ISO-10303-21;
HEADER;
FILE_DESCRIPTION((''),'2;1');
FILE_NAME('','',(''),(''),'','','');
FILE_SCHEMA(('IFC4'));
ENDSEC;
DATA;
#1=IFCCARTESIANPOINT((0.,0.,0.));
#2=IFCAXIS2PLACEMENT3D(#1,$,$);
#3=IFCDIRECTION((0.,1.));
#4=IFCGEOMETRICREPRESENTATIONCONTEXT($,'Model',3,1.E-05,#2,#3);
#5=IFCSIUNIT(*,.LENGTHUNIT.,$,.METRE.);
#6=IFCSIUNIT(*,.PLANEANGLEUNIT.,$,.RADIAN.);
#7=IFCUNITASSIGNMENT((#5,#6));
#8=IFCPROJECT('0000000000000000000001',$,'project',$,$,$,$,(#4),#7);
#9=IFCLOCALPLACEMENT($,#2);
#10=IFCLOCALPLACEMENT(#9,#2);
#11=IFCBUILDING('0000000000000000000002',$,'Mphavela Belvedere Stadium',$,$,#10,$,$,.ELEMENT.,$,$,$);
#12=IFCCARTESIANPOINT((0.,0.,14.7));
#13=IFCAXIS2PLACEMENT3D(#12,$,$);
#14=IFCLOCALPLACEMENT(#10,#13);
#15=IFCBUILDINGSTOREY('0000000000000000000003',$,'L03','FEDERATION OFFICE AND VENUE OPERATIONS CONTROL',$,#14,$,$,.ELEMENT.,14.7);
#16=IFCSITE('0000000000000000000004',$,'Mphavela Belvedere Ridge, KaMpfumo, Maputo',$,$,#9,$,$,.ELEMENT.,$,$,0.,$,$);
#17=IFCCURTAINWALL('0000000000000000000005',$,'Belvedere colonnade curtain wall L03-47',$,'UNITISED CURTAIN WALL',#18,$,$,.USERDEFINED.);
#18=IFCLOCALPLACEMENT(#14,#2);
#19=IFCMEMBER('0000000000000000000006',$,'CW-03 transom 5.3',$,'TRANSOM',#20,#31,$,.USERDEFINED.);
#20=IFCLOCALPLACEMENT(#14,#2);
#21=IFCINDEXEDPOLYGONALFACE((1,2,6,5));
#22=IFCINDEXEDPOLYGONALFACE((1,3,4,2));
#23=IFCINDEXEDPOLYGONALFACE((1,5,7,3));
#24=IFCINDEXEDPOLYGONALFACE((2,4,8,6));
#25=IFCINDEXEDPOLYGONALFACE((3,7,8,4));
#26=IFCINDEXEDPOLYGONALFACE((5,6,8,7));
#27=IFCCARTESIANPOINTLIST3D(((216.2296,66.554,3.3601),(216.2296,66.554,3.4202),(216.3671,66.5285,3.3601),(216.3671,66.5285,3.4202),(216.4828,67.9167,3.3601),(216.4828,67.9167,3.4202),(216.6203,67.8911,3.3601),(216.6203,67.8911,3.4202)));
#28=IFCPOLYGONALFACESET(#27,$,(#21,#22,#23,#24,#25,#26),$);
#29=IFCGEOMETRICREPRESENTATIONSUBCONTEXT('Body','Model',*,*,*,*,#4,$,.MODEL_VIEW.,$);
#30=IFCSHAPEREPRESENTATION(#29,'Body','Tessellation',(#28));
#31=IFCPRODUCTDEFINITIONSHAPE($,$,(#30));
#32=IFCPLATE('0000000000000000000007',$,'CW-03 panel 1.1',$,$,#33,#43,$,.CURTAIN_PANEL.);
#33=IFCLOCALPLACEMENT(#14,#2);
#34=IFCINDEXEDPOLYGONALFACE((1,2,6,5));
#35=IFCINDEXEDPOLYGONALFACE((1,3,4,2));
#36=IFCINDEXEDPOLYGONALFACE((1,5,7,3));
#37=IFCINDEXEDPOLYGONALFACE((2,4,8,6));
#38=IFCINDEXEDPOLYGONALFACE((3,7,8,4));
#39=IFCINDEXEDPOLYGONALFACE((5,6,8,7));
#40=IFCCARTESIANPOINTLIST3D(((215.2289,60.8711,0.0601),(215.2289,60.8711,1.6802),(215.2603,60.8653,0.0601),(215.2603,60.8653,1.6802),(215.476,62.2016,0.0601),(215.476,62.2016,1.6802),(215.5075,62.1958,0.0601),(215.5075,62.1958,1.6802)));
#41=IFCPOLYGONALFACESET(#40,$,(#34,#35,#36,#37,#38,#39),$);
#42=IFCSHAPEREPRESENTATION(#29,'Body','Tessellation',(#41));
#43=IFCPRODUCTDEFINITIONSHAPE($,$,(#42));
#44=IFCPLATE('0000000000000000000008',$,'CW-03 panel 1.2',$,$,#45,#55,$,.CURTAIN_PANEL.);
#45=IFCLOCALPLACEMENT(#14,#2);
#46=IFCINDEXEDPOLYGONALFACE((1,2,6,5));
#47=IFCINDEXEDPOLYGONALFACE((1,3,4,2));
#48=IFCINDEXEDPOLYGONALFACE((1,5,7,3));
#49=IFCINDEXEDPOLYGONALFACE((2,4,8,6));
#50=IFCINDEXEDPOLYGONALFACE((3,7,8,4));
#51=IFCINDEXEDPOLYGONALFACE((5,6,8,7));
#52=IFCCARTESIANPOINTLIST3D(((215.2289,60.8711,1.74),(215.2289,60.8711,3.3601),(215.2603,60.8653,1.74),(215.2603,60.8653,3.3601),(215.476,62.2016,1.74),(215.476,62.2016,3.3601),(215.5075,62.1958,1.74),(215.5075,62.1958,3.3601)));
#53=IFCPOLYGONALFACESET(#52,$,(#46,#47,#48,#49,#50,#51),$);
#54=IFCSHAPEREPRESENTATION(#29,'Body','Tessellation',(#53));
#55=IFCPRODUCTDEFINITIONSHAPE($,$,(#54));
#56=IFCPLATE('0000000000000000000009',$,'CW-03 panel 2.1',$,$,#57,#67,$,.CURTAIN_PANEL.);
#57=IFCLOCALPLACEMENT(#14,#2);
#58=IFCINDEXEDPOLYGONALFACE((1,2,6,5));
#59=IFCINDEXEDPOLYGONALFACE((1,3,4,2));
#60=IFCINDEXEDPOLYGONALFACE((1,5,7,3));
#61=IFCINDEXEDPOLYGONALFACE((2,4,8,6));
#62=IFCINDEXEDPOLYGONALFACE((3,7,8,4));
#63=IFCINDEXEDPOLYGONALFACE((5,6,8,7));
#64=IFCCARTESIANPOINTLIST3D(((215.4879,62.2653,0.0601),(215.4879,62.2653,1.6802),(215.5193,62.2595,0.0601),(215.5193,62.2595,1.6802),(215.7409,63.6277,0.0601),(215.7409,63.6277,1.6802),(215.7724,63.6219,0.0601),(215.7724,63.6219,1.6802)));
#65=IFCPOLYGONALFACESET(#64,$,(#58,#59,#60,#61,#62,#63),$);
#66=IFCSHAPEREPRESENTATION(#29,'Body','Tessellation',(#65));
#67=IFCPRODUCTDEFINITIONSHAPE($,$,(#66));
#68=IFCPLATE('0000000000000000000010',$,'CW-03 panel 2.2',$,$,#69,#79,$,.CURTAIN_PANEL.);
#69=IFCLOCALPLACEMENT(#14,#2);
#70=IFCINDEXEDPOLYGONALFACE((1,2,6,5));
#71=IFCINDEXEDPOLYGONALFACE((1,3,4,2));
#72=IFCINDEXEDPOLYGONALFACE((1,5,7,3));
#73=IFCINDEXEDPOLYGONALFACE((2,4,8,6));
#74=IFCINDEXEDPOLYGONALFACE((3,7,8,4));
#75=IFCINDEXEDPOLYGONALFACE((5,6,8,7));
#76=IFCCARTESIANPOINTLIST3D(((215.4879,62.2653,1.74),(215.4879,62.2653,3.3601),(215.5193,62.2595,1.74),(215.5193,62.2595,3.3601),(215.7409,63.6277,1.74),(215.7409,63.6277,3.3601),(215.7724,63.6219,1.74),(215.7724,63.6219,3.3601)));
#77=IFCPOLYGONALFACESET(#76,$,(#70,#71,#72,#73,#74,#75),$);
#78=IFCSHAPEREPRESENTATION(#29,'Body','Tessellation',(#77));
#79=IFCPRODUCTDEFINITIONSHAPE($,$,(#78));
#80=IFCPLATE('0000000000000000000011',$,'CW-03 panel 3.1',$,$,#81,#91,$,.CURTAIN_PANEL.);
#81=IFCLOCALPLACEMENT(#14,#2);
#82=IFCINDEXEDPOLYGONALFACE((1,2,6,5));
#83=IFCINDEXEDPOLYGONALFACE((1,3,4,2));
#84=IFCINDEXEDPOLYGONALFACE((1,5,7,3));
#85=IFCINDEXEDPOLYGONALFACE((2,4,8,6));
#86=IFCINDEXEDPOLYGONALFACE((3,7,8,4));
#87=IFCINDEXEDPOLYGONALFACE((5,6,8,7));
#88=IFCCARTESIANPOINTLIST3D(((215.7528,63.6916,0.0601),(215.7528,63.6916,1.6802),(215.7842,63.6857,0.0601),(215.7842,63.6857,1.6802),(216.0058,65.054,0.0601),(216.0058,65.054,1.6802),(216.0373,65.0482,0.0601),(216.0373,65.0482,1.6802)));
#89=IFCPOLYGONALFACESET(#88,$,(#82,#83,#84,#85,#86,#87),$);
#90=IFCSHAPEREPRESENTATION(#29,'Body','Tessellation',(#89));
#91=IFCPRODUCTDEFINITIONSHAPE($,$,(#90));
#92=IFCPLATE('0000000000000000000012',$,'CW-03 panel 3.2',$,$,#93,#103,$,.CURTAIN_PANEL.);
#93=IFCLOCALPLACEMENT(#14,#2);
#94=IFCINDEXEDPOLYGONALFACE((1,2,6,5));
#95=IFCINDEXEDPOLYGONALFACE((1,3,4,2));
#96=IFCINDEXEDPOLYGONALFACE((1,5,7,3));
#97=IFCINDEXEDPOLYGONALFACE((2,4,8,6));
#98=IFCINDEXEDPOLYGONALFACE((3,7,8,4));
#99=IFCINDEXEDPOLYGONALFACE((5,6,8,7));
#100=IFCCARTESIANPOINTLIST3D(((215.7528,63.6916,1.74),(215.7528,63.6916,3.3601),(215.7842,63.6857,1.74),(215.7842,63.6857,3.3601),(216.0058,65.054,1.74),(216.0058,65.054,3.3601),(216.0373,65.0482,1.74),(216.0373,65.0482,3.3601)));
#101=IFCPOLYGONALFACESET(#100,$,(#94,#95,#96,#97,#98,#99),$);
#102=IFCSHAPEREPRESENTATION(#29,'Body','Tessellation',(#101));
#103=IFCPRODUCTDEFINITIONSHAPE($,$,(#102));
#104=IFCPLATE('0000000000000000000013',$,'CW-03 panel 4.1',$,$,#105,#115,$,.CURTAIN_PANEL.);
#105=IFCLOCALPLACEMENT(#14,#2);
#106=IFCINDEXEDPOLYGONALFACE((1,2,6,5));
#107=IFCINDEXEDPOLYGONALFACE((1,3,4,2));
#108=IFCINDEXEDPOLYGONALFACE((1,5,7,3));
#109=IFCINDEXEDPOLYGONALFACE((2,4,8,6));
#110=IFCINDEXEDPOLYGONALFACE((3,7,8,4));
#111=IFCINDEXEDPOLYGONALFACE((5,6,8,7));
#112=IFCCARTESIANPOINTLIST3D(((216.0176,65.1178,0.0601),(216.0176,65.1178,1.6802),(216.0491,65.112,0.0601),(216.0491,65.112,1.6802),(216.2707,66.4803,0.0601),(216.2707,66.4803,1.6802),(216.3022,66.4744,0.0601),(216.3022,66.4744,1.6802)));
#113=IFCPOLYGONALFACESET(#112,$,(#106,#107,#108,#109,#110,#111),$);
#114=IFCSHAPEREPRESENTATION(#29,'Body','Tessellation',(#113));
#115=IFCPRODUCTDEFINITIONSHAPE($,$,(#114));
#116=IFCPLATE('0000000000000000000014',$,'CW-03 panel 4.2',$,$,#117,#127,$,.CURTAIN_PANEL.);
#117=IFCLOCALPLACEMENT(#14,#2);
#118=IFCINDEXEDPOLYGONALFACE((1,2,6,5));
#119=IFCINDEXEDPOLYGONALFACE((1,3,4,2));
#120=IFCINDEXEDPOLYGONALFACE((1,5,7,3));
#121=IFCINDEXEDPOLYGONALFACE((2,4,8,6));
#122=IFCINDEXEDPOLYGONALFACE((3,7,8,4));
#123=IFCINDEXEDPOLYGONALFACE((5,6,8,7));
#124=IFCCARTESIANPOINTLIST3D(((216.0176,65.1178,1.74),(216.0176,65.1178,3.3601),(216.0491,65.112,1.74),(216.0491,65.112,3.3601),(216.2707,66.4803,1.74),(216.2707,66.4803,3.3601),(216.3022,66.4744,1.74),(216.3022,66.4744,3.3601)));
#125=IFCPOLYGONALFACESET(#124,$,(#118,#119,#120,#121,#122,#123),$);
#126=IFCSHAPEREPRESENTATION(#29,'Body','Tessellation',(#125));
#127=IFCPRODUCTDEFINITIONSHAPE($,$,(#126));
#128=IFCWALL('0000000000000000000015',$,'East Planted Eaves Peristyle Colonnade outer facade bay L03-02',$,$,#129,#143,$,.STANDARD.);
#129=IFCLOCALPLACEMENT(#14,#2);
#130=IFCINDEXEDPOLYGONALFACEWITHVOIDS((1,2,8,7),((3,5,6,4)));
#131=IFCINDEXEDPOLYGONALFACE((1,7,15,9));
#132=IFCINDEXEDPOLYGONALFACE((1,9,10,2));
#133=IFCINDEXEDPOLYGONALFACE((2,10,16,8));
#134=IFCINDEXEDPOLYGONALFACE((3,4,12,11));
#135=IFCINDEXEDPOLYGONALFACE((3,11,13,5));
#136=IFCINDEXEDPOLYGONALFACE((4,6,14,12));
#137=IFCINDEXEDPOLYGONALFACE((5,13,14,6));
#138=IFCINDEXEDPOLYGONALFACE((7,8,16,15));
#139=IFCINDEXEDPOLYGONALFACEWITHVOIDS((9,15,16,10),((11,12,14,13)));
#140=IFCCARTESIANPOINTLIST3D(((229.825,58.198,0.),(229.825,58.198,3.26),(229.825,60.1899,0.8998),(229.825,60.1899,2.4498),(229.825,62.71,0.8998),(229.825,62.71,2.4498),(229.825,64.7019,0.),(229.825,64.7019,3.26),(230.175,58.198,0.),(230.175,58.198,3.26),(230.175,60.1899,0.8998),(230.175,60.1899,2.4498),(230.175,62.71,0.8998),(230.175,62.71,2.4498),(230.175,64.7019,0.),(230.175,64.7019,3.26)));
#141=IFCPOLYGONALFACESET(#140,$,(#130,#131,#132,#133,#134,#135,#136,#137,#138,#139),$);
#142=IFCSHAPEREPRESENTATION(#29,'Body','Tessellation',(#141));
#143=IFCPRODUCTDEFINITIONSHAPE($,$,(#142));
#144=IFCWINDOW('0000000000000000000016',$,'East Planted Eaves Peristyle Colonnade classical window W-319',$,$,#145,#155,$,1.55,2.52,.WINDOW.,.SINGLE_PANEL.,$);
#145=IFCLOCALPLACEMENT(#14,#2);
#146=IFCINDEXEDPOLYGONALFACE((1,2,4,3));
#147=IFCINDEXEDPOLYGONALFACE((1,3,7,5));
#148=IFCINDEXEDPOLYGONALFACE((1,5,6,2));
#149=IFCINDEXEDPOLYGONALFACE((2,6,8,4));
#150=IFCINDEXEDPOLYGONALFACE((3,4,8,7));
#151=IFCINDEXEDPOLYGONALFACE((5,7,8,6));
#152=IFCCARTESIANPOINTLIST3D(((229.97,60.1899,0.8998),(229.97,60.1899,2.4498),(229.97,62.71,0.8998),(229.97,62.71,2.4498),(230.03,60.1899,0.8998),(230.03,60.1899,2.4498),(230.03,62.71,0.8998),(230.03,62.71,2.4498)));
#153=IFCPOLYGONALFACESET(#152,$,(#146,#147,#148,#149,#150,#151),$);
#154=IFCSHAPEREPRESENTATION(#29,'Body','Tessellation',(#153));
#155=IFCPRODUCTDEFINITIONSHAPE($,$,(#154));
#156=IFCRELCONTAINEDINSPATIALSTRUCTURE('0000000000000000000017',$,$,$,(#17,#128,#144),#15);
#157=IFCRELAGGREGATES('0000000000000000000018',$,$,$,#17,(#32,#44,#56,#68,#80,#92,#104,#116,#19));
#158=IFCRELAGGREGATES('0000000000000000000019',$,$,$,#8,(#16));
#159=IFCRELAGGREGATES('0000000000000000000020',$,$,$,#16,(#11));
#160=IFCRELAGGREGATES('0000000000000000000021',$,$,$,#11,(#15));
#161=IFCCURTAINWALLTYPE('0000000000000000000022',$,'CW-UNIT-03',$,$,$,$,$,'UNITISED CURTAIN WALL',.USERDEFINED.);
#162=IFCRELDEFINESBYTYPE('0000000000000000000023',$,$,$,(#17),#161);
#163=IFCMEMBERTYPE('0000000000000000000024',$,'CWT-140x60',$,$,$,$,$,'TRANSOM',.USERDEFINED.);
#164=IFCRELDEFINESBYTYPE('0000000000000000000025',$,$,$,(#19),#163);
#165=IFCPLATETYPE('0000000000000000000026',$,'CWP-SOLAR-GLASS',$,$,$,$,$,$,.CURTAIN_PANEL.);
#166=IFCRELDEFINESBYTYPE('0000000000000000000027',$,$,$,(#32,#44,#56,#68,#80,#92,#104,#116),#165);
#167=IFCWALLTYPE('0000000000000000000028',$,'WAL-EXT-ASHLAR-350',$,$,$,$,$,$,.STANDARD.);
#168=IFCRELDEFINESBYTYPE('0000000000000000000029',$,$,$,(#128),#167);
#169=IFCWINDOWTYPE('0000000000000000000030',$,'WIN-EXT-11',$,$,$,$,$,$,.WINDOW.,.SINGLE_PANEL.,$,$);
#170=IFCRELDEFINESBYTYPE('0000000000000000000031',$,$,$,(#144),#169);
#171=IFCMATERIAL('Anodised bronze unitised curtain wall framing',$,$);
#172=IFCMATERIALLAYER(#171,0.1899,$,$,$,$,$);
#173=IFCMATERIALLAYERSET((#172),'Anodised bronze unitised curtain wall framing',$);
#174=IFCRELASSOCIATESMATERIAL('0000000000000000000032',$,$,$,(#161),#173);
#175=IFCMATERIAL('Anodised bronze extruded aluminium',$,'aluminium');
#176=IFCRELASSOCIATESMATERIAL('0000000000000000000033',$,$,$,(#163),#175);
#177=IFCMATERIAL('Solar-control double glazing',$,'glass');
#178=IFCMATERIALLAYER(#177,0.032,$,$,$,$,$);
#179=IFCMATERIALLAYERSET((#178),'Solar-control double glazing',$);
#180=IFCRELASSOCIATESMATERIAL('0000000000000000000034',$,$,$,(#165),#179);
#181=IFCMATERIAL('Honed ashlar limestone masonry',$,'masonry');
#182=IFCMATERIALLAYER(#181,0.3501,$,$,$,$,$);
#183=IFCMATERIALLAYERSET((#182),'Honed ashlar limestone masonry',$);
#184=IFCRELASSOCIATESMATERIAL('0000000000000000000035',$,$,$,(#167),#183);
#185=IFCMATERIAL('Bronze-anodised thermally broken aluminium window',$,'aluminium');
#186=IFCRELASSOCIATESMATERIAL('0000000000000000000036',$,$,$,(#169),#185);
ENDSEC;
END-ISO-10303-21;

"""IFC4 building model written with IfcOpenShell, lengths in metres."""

from ifc_helpers import new_model, si_unit, direction, frame, frame_2d, origin, origin_2d, place, context, subcontext, project, spatial, rectangle, extrude, material, layer, layer_set, material_profile, profile_set, type_object, element, fill, aggregate, save


model = new_model("IFC4")

# Units and contexts
model_context = context("Model", 3, precision=1e-05, world=origin(), true_north=direction((0.0, 1.0)))
body_context = subcontext(model_context, "Body", "Model", "MODEL_VIEW")
ifc_project = project(units=[si_unit("LENGTHUNIT", "METRE"), si_unit("PLANEANGLEUNIT", "RADIAN")], contexts=[model_context])

# Site, building, storey
site_placement = place(None, origin())
site = spatial("IfcSite", under=ifc_project, at=site_placement, Name="Mphavela Belvedere Ridge, KaMpfumo, Maputo", CompositionType="ELEMENT", RefElevation=0.0)
building_placement = place(site_placement, origin())
building = spatial("IfcBuilding", under=site, at=building_placement, Name="Mphavela Belvedere Stadium", CompositionType="ELEMENT")
storey_placement = place(building_placement, frame((0.0, 0.0, 14.7)))
storey = spatial("IfcBuildingStorey", under=building, at=storey_placement, Name="L03", Description="FEDERATION OFFICE AND VENUE OPERATIONS CONTROL", CompositionType="ELEMENT", Elevation=14.7)

# Curtain wall, member, plates
ifc_material_1 = material(Name="Anodised bronze unitised curtain wall framing")
ifc_layer_1 = layer(ifc_material_1, 0.1899)
ifc_layer_set_1 = layer_set([ifc_layer_1], Name="Anodised bronze unitised curtain wall framing")
curtain_wall_type = type_object("IfcCurtainWallType", Name="CW-UNIT-03", ElementType="UNITISED CURTAIN WALL", PredefinedType="USERDEFINED", material=ifc_layer_set_1)
curtain_wall_placement = place(storey_placement, origin())
curtain_wall = element("IfcCurtainWall", 1, at=curtain_wall_placement, inside=storey, type_object=curtain_wall_type, Name="Belvedere colonnade curtain wall L03-47", ObjectType="UNITISED CURTAIN WALL", PredefinedType="USERDEFINED")
ifc_material_2 = material(Name="Anodised bronze extruded aluminium", Category="aluminium")
ifc_material_profile_1 = material_profile(ifc_material_2, rectangle(XDim=0.1399, YDim=0.0601, at=origin_2d()), Name="CW-TRN 140x60")
ifc_profile_set_1 = profile_set([ifc_material_profile_1], Name="Anodised bronze extruded aluminium")
member_type_1 = type_object("IfcMemberType", Name="CWT-140x60", ElementType="TRANSOM", PredefinedType="USERDEFINED", material=ifc_profile_set_1)
member_1_placement = place(storey_placement, frame((216.2983, 66.5413, 3.3901), z_axis=(0.182682, 0.983172, 0.0), x_axis=(-0.983172, 0.182682, 0.0)))
member_1 = element("IfcMember", 2, at=member_1_placement, type_object=member_type_1, Name="CW-03 transom 5.3", ObjectType="TRANSOM", PredefinedType="USERDEFINED", context=body_context, shape_type="SweptSolid", body=[
    extrude(rectangle(XDim=0.1399, YDim=0.0601, at=origin_2d()), origin(), (0.0, 0.0, 1.0), 1.386),
])
ifc_material_3 = material(Name="Solar-control double glazing", Category="glass")
ifc_layer_2 = layer(ifc_material_3, 0.032)
ifc_layer_set_2 = layer_set([ifc_layer_2], Name="Solar-control double glazing")
plate_type = type_object("IfcPlateType", Name="CWP-SOLAR-GLASS", PredefinedType="CURTAIN_PANEL", material=ifc_layer_set_2)
plate_1_placement = place(storey_placement, frame((215.3682, 61.5334, 0.0601), z_axis=(0.0, 0.0, 1.0), x_axis=(0.182631, 0.983181, 0.0)))
plate_1 = element("IfcPlate", 3, at=plate_1_placement, type_object=plate_type, Name="CW-03 panel 1.1", PredefinedType="CURTAIN_PANEL", context=body_context, shape_type="SweptSolid", body=[
    extrude(rectangle(XDim=1.3533, YDim=0.032, at=origin_2d()), origin(), (0.0, 0.0, 1.0), 1.6201),
])
plate_2_placement = place(storey_placement, frame((215.3682, 61.5334, 1.74), z_axis=(0.0, 0.0, 1.0), x_axis=(0.182631, 0.983181, 0.0)))
plate_2 = element("IfcPlate", 4, at=plate_2_placement, type_object=plate_type, Name="CW-03 panel 1.2", PredefinedType="CURTAIN_PANEL", context=body_context, shape_type="SweptSolid", body=[
    extrude(rectangle(XDim=1.3533, YDim=0.032, at=origin_2d()), origin(), (0.0, 0.0, 1.0), 1.6201),
])
plate_3_placement = place(storey_placement, frame((215.6301, 62.9436, 0.0601), z_axis=(0.0, 0.0, 1.0), x_axis=(0.182631, 0.983181, 0.0)))
plate_3 = element("IfcPlate", 5, at=plate_3_placement, type_object=plate_type, Name="CW-03 panel 2.1", PredefinedType="CURTAIN_PANEL", context=body_context, shape_type="SweptSolid", body=[
    extrude(rectangle(XDim=1.3857, YDim=0.032, at=origin_2d()), origin(), (0.0, 0.0, 1.0), 1.6201),
])
plate_4_placement = place(storey_placement, frame((215.6301, 62.9436, 1.74), z_axis=(0.0, 0.0, 1.0), x_axis=(0.182631, 0.983181, 0.0)))
plate_4 = element("IfcPlate", 6, at=plate_4_placement, type_object=plate_type, Name="CW-03 panel 2.2", PredefinedType="CURTAIN_PANEL", context=body_context, shape_type="SweptSolid", body=[
    extrude(rectangle(XDim=1.3857, YDim=0.032, at=origin_2d()), origin(), (0.0, 0.0, 1.0), 1.6201),
])
plate_5_placement = place(storey_placement, frame((215.895, 64.3699, 0.0601), z_axis=(0.0, 0.0, 1.0), x_axis=(0.182631, 0.983181, 0.0)))
plate_5 = element("IfcPlate", 7, at=plate_5_placement, type_object=plate_type, Name="CW-03 panel 3.1", PredefinedType="CURTAIN_PANEL", context=body_context, shape_type="SweptSolid", body=[
    extrude(rectangle(XDim=1.3857, YDim=0.032, at=origin_2d()), origin(), (0.0, 0.0, 1.0), 1.6201),
])
plate_6_placement = place(storey_placement, frame((215.895, 64.3699, 1.74), z_axis=(0.0, 0.0, 1.0), x_axis=(0.182631, 0.983181, 0.0)))
plate_6 = element("IfcPlate", 8, at=plate_6_placement, type_object=plate_type, Name="CW-03 panel 3.2", PredefinedType="CURTAIN_PANEL", context=body_context, shape_type="SweptSolid", body=[
    extrude(rectangle(XDim=1.3857, YDim=0.032, at=origin_2d()), origin(), (0.0, 0.0, 1.0), 1.6201),
])
plate_7_placement = place(storey_placement, frame((216.1599, 65.7961, 0.0601), z_axis=(0.0, 0.0, 1.0), x_axis=(0.182631, 0.983181, 0.0)))
plate_7 = element("IfcPlate", 9, at=plate_7_placement, type_object=plate_type, Name="CW-03 panel 4.1", PredefinedType="CURTAIN_PANEL", context=body_context, shape_type="SweptSolid", body=[
    extrude(rectangle(XDim=1.3857, YDim=0.032, at=origin_2d()), origin(), (0.0, 0.0, 1.0), 1.6201),
])
plate_8_placement = place(storey_placement, frame((216.1599, 65.7961, 1.74), z_axis=(0.0, 0.0, 1.0), x_axis=(0.182631, 0.983181, 0.0)))
plate_8 = element("IfcPlate", 10, at=plate_8_placement, type_object=plate_type, Name="CW-03 panel 4.2", PredefinedType="CURTAIN_PANEL", context=body_context, shape_type="SweptSolid", body=[
    extrude(rectangle(XDim=1.3857, YDim=0.032, at=origin_2d()), origin(), (0.0, 0.0, 1.0), 1.6201),
])
aggregate(curtain_wall, [plate_1, plate_2, plate_3, plate_4, plate_5, plate_6, plate_7, plate_8, member_1])

# Wall, opening, window
ifc_material_4 = material(Name="Honed ashlar limestone masonry", Category="masonry")
ifc_layer_3 = layer(ifc_material_4, 0.3501)
ifc_layer_set_3 = layer_set([ifc_layer_3], Name="Honed ashlar limestone masonry")
wall_type = type_object("IfcWallType", Name="WAL-EXT-ASHLAR-350", PredefinedType="STANDARD", material=ifc_layer_set_3)
wall_placement = place(storey_placement, frame((230.0, 64.7019, 0.0), z_axis=(0.0, 0.0, 1.0), x_axis=(0.0, -1.0, 0.0)))
wall = element("IfcWall", 11, at=wall_placement, inside=storey, type_object=wall_type, Name="East Planted Eaves Peristyle Colonnade outer facade bay L03-02", PredefinedType="STANDARD", context=body_context, shape_type="SweptSolid", body=[
    extrude(rectangle(XDim=6.5039, YDim=0.3501, at=frame_2d((3.252, 0.0))), origin(), (0.0, 0.0, 1.0), 3.26),
])
opening_placement = place(wall_placement, frame((1.9919, 0.0, 0.8999)))
opening = element("IfcOpeningElement", 12, at=opening_placement, cuts=wall, PredefinedType="OPENING", context=body_context, shape_type="SweptSolid", body=[
    extrude(rectangle(XDim=2.52, YDim=1.55, at=frame_2d((1.26, 0.7749))), frame((0.0, 0.1851, 0.0), z_axis=(0.0, -1.0, 0.0), x_axis=(1.0, 0.0, 0.0)), (0.0, 0.0, 1.0), 0.3701),
])
ifc_material_5 = material(Name="Bronze-anodised thermally broken aluminium window", Category="aluminium")
window_type = type_object("IfcWindowType", Name="WIN-EXT-11", PartitioningType="SINGLE_PANEL", PredefinedType="WINDOW", material=ifc_material_5)
window_placement = place(opening_placement, origin())
window = element("IfcWindow", 13, at=window_placement, inside=storey, type_object=window_type, Name="East Planted Eaves Peristyle Colonnade classical window W-319", OverallHeight=1.55, OverallWidth=2.52, PartitioningType="SINGLE_PANEL", PredefinedType="WINDOW", context=body_context, shape_type="SweptSolid", body=[
    extrude(rectangle(XDim=2.52, YDim=1.55, at=frame_2d((1.26, 0.7749))), frame((0.0, 0.03, 0.0), z_axis=(0.0, -1.0, 0.0), x_axis=(1.0, 0.0, 0.0)), (0.0, 0.0, 1.0), 0.0601),
])
fill(opening, window)

save(model, "model.ifc")
